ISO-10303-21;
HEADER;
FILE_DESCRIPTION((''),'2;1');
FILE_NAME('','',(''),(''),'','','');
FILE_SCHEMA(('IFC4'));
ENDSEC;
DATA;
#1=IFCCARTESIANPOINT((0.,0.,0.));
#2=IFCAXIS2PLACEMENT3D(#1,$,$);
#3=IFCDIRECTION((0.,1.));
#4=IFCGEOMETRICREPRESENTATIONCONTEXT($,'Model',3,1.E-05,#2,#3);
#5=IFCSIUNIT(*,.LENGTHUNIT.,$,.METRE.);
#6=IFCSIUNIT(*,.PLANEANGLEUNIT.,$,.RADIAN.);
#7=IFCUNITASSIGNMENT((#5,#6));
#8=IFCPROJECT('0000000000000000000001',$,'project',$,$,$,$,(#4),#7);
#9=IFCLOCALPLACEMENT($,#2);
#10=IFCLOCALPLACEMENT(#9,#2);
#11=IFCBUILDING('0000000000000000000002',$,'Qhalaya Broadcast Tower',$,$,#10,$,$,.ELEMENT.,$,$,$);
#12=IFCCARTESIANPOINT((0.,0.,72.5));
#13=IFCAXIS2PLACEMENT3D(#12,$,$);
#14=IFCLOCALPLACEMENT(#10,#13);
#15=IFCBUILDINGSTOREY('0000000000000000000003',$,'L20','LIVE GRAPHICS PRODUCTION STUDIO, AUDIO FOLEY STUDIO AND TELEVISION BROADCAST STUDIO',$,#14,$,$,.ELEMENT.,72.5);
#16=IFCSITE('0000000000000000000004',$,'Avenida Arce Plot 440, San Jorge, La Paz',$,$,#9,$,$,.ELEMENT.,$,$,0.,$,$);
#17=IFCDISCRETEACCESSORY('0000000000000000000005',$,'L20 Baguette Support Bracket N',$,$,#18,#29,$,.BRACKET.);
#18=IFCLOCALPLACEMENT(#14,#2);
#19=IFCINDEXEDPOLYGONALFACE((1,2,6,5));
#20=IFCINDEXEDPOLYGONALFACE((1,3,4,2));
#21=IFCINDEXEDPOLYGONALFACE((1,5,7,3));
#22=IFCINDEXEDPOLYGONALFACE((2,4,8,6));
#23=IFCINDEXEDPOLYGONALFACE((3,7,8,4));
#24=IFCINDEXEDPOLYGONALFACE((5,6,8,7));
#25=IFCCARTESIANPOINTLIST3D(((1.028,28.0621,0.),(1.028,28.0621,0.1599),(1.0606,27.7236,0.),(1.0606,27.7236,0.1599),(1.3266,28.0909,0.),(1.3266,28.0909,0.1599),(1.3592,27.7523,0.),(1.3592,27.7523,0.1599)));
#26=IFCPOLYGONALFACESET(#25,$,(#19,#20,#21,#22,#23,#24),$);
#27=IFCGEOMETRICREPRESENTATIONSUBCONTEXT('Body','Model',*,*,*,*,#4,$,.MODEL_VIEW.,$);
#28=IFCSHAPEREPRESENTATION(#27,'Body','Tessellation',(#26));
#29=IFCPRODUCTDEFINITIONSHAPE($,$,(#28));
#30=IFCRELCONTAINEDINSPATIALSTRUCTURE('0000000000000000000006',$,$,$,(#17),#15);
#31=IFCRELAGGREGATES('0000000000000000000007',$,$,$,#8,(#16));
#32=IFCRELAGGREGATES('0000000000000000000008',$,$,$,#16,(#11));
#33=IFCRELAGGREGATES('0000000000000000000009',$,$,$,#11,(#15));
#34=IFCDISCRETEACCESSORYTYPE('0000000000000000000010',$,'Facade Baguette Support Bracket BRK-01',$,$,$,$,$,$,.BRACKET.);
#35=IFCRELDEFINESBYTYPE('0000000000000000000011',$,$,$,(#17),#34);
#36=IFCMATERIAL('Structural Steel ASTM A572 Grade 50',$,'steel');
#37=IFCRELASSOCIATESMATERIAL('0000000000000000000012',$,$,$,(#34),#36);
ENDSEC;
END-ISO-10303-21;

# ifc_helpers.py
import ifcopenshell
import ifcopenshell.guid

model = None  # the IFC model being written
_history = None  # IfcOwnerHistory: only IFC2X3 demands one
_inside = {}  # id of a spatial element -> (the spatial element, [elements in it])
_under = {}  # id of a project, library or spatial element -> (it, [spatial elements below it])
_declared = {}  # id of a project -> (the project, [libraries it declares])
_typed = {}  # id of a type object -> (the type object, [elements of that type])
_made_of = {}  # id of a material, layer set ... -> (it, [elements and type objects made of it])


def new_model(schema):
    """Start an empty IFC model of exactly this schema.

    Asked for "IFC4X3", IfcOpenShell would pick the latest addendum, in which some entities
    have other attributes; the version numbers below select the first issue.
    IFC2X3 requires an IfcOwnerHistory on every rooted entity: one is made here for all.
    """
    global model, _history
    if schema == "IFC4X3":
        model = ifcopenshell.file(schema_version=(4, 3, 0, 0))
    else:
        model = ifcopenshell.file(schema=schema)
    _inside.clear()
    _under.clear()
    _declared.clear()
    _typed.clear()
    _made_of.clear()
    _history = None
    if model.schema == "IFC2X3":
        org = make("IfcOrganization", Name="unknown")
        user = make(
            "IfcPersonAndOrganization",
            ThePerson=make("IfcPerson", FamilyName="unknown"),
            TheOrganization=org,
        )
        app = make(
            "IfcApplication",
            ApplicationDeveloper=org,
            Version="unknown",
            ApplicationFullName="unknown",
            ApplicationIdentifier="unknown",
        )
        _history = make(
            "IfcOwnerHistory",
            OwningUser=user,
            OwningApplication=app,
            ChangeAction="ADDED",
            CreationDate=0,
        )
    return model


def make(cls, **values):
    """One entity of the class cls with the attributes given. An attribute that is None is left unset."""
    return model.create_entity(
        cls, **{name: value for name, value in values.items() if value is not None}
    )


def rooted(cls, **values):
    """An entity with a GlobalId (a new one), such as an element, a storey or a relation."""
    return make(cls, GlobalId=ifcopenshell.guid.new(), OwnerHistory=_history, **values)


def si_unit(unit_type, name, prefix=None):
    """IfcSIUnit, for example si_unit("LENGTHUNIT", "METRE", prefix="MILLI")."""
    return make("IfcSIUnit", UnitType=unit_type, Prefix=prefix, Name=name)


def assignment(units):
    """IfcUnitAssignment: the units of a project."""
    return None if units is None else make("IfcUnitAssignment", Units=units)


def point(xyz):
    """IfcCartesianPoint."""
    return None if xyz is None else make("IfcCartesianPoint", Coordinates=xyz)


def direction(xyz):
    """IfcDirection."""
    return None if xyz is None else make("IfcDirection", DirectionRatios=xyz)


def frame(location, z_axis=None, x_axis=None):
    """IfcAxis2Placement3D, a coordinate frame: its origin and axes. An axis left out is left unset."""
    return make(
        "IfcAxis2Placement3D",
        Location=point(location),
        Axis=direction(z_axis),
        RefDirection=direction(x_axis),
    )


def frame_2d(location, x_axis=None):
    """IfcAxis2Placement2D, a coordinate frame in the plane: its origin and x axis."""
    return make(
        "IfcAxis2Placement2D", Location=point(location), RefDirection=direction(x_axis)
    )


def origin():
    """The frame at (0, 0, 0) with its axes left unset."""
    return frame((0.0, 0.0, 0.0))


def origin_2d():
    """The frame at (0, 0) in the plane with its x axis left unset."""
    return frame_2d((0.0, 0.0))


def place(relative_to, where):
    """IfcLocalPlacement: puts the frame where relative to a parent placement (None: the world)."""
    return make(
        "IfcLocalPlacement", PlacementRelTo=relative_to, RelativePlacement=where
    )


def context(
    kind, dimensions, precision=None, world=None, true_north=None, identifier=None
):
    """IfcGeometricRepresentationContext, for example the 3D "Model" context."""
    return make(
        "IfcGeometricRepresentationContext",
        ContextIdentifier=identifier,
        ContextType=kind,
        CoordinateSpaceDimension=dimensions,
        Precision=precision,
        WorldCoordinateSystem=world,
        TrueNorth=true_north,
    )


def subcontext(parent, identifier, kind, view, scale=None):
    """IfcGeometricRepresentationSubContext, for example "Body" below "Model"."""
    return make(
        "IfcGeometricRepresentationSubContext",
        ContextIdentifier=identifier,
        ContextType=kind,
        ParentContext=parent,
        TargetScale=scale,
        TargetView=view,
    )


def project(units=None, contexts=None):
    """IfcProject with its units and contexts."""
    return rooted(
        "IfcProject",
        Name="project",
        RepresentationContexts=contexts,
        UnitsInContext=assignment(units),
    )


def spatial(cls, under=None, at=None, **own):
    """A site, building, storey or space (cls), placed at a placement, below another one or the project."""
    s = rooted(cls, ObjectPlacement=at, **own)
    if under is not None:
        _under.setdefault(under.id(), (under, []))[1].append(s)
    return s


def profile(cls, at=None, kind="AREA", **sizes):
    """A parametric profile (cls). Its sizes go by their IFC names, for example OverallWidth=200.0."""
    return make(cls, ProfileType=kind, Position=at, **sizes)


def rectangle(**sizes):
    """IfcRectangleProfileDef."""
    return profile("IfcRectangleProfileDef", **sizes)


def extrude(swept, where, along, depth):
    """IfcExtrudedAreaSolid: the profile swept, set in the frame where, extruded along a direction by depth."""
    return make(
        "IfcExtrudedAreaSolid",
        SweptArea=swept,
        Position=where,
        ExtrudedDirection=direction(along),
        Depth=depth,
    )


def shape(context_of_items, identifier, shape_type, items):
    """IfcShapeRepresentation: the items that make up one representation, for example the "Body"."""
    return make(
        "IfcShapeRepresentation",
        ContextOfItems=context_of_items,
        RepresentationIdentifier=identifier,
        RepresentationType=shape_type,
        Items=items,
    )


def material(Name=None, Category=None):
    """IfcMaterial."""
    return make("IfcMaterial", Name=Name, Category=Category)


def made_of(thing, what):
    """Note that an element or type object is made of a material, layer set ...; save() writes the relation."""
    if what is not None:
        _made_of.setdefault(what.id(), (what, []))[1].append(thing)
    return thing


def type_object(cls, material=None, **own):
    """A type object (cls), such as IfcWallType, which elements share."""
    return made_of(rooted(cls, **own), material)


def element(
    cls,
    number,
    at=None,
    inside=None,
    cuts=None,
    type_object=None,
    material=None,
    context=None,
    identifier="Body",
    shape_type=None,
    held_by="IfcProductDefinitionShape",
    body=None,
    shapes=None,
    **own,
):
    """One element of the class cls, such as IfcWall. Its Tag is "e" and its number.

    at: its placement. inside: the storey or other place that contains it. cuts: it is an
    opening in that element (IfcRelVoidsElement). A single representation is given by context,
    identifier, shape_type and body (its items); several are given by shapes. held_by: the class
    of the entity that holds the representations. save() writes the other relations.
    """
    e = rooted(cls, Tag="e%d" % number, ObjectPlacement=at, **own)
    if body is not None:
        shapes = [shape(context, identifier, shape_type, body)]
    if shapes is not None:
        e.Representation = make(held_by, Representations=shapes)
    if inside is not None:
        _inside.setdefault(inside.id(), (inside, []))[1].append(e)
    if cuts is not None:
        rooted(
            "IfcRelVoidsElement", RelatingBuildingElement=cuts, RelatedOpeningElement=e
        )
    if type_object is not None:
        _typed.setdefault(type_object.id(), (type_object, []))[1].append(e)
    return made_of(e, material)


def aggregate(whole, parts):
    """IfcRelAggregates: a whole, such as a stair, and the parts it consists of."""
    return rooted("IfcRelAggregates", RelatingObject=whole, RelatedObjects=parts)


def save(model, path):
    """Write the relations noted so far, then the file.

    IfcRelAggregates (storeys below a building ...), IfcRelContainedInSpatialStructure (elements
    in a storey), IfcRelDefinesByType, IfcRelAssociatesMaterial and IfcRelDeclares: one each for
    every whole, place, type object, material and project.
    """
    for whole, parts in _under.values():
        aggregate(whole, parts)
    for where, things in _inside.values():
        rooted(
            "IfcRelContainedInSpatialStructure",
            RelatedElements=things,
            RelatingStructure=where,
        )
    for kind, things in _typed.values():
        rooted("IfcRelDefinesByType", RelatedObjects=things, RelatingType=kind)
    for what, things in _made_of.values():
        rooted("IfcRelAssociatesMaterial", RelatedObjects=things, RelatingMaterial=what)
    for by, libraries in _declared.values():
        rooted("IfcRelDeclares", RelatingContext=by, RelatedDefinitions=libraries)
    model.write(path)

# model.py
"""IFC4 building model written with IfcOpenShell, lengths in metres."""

from ifc_helpers import new_model, si_unit, direction, frame, origin, origin_2d, place, context, subcontext, project, spatial, rectangle, extrude, material, type_object, element, save


model = new_model("IFC4")

# Units and contexts
model_context = context("Model", 3, precision=1e-05, world=origin(), true_north=direction((0.0, 1.0)))
body_context = subcontext(model_context, "Body", "Model", "MODEL_VIEW")
ifc_project = project(units=[si_unit("LENGTHUNIT", "METRE"), si_unit("PLANEANGLEUNIT", "RADIAN")], contexts=[model_context])

# Site, building, storey
site_placement = place(None, origin())
site = spatial("IfcSite", under=ifc_project, at=site_placement, Name="Avenida Arce Plot 440, San Jorge, La Paz", CompositionType="ELEMENT", RefElevation=0.0)
building_placement = place(site_placement, origin())
building = spatial("IfcBuilding", under=site, at=building_placement, Name="Qhalaya Broadcast Tower", CompositionType="ELEMENT")
storey_placement = place(building_placement, frame((0.0, 0.0, 72.5)))
storey = spatial("IfcBuildingStorey", under=building, at=storey_placement, Name="L20", Description="LIVE GRAPHICS PRODUCTION STUDIO, AUDIO FOLEY STUDIO AND TELEVISION BROADCAST STUDIO", CompositionType="ELEMENT", Elevation=72.5)

# Shared definitions
ifc_material_1 = material(Name="Structural Steel ASTM A572 Grade 50", Category="steel")

# Discrete accessory
discrete_accessory_type = type_object("IfcDiscreteAccessoryType", Name="Facade Baguette Support Bracket BRK-01", PredefinedType="BRACKET", material=ifc_material_1)
discrete_accessory_placement = place(storey_placement, frame((1.1936, 27.9072, 0.0), z_axis=(0.0, 0.0, 1.0), x_axis=(-0.995396, -0.095846, 0.0)))
element("IfcDiscreteAccessory", 1, at=discrete_accessory_placement, inside=storey, type_object=discrete_accessory_type, Name="L20 Baguette Support Bracket N", PredefinedType="BRACKET", context=body_context, shape_type="SweptSolid", body=[
    extrude(rectangle(XDim=0.3, YDim=0.3401, at=origin_2d()), origin(), (0.0, 0.0, 1.0), 0.1599),
])

save(model, "model.ifc")
